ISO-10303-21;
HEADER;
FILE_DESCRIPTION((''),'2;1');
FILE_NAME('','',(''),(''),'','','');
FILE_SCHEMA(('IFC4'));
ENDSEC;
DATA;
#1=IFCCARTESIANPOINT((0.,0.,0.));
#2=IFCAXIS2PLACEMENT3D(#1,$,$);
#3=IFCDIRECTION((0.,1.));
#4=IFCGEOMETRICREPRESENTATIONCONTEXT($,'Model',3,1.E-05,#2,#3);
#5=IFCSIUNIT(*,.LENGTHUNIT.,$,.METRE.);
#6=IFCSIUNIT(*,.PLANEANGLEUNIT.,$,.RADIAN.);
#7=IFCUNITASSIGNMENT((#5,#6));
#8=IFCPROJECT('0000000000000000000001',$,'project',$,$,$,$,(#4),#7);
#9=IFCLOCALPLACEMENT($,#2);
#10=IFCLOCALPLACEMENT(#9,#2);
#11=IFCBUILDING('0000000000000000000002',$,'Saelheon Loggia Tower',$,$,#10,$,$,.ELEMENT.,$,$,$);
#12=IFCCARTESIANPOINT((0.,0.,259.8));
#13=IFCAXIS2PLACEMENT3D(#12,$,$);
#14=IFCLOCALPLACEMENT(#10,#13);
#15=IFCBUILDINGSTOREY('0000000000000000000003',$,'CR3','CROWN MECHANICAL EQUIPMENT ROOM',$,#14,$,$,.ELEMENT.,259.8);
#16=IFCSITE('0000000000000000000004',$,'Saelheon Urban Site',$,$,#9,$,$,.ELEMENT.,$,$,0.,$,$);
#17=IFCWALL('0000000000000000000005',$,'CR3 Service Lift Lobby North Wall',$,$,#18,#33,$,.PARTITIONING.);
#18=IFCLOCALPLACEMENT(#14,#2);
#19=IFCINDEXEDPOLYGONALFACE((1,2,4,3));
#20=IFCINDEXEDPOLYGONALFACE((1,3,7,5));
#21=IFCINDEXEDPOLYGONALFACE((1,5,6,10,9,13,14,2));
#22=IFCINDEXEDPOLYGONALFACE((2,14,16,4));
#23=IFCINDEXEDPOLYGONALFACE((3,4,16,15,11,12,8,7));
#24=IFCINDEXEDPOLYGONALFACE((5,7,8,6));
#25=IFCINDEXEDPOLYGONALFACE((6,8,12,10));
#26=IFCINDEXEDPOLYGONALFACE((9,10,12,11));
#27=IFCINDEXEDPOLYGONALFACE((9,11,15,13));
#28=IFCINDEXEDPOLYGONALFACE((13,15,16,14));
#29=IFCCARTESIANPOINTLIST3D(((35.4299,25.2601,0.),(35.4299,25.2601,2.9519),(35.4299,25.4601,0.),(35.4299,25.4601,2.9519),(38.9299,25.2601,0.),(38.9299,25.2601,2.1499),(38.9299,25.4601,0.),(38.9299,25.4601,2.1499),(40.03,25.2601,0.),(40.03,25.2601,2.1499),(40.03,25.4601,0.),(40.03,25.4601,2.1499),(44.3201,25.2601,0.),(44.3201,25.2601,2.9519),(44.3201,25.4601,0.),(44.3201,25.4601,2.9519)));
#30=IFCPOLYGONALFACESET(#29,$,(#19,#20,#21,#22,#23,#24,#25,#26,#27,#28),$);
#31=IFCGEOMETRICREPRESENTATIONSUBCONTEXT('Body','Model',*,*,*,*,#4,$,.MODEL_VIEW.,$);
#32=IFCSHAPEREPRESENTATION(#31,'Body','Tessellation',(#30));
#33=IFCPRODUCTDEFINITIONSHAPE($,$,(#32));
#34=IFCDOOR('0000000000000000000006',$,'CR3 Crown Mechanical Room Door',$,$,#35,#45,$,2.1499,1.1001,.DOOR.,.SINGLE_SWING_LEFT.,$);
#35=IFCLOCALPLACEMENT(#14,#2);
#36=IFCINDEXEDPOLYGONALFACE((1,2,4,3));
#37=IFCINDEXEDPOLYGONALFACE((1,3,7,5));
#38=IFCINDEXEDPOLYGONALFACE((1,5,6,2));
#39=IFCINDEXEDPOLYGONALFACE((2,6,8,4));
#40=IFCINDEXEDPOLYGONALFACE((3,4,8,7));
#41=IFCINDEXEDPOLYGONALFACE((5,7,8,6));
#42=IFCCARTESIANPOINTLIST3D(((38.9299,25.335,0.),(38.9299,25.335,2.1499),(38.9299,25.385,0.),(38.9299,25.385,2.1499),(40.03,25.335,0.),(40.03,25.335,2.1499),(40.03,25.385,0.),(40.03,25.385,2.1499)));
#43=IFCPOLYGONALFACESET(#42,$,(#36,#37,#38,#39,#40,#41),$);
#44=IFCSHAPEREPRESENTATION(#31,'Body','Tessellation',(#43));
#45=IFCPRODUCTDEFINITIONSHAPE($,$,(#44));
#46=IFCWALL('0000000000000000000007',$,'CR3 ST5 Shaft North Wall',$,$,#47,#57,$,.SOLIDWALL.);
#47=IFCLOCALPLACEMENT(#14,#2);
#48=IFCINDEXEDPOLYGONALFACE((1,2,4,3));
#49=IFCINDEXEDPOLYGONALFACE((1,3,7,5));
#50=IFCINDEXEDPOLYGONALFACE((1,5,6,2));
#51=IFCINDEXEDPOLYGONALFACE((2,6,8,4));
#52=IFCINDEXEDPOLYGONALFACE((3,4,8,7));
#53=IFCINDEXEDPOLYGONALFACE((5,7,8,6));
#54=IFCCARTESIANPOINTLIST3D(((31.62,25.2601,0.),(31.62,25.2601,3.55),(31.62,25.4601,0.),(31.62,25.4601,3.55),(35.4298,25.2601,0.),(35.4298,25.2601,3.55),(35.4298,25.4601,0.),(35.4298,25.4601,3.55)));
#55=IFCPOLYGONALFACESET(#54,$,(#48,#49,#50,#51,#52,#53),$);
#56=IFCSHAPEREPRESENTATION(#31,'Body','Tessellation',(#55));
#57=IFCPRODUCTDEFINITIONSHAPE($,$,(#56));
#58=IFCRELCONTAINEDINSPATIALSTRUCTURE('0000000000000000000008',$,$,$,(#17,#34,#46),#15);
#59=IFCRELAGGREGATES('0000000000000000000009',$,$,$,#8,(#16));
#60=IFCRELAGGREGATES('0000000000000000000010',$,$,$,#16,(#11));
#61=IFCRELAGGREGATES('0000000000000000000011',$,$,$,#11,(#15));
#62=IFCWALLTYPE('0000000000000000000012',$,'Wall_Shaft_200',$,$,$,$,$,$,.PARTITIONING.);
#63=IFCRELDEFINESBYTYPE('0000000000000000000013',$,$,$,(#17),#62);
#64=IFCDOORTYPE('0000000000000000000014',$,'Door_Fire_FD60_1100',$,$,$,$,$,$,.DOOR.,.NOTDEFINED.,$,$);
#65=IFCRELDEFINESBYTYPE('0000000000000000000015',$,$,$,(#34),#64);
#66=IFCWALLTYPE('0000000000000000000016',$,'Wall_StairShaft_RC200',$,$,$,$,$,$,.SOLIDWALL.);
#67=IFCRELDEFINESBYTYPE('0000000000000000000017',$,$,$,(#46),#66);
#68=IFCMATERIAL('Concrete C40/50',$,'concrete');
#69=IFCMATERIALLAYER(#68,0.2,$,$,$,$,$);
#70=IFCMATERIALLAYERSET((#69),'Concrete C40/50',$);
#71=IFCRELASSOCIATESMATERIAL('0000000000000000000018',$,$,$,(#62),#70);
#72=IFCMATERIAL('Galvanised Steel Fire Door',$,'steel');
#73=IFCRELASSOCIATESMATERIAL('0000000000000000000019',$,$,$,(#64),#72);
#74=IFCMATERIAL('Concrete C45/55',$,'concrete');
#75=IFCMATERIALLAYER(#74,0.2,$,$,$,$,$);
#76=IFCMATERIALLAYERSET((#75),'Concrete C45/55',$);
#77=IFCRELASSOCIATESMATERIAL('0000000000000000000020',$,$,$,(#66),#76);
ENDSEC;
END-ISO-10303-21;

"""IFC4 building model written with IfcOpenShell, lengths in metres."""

from ifc_helpers import new_model, si_unit, direction, frame, frame_2d, origin, place, context, subcontext, project, spatial, rectangle, extrude, source, transform, mapped, material, layer, layer_set, type_object, element, fill, save


model = new_model("IFC4")

# Units and contexts
model_context = context("Model", 3, precision=1e-05, world=origin(), true_north=direction((0.0, 1.0)))
body_context = subcontext(model_context, "Body", "Model", "MODEL_VIEW")
ifc_project = project(units=[si_unit("LENGTHUNIT", "METRE"), si_unit("PLANEANGLEUNIT", "RADIAN")], contexts=[model_context])

# Site, building, storey
site_placement = place(None, origin())
site = spatial("IfcSite", under=ifc_project, at=site_placement, Name="Saelheon Urban Site", CompositionType="ELEMENT", RefElevation=0.0)
building_placement = place(site_placement, origin())
building = spatial("IfcBuilding", under=site, at=building_placement, Name="Saelheon Loggia Tower", CompositionType="ELEMENT")
storey_placement = place(building_placement, frame((0.0, 0.0, 259.8)))
storey = spatial("IfcBuildingStorey", under=building, at=storey_placement, Name="CR3", Description="CROWN MECHANICAL EQUIPMENT ROOM", CompositionType="ELEMENT", Elevation=259.8)

# Wall, opening, door
ifc_material_1 = material(Name="Concrete C40/50", Category="concrete")
ifc_layer_1 = layer(ifc_material_1, 0.2)
ifc_layer_set_1 = layer_set([ifc_layer_1], Name="Concrete C40/50")
wall_type_1 = type_object("IfcWallType", Name="Wall_Shaft_200", PredefinedType="PARTITIONING", material=ifc_layer_set_1)
wall_1_placement = place(storey_placement, frame((35.4299, 25.3601, 0.0), z_axis=(0.0, 0.0, 1.0), x_axis=(1.0, 0.0, 0.0)))
wall_1 = element("IfcWall", 1, at=wall_1_placement, inside=storey, type_object=wall_type_1, Name="CR3 Service Lift Lobby North Wall", PredefinedType="PARTITIONING", context=body_context, shape_type="SweptSolid", body=[
    extrude(rectangle(XDim=8.8901, YDim=0.2, at=frame_2d((4.4451, 0.0))), origin(), (0.0, 0.0, 1.0), 2.9519),
])
opening_placement = place(wall_1_placement, frame((3.5, 0.0, 0.0)))
opening = element("IfcOpeningElement", 2, at=opening_placement, cuts=wall_1, PredefinedType="OPENING", context=body_context, shape_type="SweptSolid", body=[
    extrude(rectangle(XDim=1.1001, YDim=2.1499, at=frame_2d((0.55, 1.075))), frame((0.0, 0.1121, 0.0), z_axis=(0.0, -1.0, 0.0), x_axis=(1.0, 0.0, 0.0)), (0.0, 0.0, 1.0), 0.2239),
])
ifc_material_2 = material(Name="Galvanised Steel Fire Door", Category="steel")
door_type = type_object("IfcDoorType", Name="Door_Fire_FD60_1100", OperationType="NOTDEFINED", PredefinedType="DOOR", material=ifc_material_2)
shared_shape_1 = source(origin(), body_context, "Body", "SweptSolid", [
    extrude(rectangle(XDim=1.1001, YDim=2.1499, at=frame_2d((0.55, 1.075))), frame((0.0, 0.0249, 0.0), z_axis=(0.0, -1.0, 0.0), x_axis=(1.0, 0.0, 0.0)), (0.0, 0.0, 1.0), 0.05),
])
door_placement = place(opening_placement, origin())
door = element("IfcDoor", 3, at=door_placement, inside=storey, type_object=door_type, Name="CR3 Crown Mechanical Room Door", OperationType="SINGLE_SWING_LEFT", OverallHeight=2.1499, OverallWidth=1.1001, PredefinedType="DOOR", context=body_context, shape_type="MappedRepresentation", body=[
    mapped(shared_shape_1, transform((0.0, 0.0, 0.0), scale=1.0)),
])
fill(opening, door)

# Wall
ifc_material_3 = material(Name="Concrete C45/55", Category="concrete")
ifc_layer_2 = layer(ifc_material_3, 0.2)
ifc_layer_set_2 = layer_set([ifc_layer_2], Name="Concrete C45/55")
wall_type_2 = type_object("IfcWallType", Name="Wall_StairShaft_RC200", PredefinedType="SOLIDWALL", material=ifc_layer_set_2)
wall_2_placement = place(storey_placement, frame((31.6201, 25.3601, 0.0), z_axis=(0.0, 0.0, 1.0), x_axis=(1.0, 0.0, 0.0)))
element("IfcWall", 4, at=wall_2_placement, inside=storey, type_object=wall_type_2, Name="CR3 ST5 Shaft North Wall", PredefinedType="SOLIDWALL", context=body_context, shape_type="SweptSolid", body=[
    extrude(rectangle(XDim=3.8098, YDim=0.2, at=frame_2d((1.9048, 0.0))), origin(), (0.0, 0.0, 1.0), 3.55),
])

save(model, "model.ifc")
